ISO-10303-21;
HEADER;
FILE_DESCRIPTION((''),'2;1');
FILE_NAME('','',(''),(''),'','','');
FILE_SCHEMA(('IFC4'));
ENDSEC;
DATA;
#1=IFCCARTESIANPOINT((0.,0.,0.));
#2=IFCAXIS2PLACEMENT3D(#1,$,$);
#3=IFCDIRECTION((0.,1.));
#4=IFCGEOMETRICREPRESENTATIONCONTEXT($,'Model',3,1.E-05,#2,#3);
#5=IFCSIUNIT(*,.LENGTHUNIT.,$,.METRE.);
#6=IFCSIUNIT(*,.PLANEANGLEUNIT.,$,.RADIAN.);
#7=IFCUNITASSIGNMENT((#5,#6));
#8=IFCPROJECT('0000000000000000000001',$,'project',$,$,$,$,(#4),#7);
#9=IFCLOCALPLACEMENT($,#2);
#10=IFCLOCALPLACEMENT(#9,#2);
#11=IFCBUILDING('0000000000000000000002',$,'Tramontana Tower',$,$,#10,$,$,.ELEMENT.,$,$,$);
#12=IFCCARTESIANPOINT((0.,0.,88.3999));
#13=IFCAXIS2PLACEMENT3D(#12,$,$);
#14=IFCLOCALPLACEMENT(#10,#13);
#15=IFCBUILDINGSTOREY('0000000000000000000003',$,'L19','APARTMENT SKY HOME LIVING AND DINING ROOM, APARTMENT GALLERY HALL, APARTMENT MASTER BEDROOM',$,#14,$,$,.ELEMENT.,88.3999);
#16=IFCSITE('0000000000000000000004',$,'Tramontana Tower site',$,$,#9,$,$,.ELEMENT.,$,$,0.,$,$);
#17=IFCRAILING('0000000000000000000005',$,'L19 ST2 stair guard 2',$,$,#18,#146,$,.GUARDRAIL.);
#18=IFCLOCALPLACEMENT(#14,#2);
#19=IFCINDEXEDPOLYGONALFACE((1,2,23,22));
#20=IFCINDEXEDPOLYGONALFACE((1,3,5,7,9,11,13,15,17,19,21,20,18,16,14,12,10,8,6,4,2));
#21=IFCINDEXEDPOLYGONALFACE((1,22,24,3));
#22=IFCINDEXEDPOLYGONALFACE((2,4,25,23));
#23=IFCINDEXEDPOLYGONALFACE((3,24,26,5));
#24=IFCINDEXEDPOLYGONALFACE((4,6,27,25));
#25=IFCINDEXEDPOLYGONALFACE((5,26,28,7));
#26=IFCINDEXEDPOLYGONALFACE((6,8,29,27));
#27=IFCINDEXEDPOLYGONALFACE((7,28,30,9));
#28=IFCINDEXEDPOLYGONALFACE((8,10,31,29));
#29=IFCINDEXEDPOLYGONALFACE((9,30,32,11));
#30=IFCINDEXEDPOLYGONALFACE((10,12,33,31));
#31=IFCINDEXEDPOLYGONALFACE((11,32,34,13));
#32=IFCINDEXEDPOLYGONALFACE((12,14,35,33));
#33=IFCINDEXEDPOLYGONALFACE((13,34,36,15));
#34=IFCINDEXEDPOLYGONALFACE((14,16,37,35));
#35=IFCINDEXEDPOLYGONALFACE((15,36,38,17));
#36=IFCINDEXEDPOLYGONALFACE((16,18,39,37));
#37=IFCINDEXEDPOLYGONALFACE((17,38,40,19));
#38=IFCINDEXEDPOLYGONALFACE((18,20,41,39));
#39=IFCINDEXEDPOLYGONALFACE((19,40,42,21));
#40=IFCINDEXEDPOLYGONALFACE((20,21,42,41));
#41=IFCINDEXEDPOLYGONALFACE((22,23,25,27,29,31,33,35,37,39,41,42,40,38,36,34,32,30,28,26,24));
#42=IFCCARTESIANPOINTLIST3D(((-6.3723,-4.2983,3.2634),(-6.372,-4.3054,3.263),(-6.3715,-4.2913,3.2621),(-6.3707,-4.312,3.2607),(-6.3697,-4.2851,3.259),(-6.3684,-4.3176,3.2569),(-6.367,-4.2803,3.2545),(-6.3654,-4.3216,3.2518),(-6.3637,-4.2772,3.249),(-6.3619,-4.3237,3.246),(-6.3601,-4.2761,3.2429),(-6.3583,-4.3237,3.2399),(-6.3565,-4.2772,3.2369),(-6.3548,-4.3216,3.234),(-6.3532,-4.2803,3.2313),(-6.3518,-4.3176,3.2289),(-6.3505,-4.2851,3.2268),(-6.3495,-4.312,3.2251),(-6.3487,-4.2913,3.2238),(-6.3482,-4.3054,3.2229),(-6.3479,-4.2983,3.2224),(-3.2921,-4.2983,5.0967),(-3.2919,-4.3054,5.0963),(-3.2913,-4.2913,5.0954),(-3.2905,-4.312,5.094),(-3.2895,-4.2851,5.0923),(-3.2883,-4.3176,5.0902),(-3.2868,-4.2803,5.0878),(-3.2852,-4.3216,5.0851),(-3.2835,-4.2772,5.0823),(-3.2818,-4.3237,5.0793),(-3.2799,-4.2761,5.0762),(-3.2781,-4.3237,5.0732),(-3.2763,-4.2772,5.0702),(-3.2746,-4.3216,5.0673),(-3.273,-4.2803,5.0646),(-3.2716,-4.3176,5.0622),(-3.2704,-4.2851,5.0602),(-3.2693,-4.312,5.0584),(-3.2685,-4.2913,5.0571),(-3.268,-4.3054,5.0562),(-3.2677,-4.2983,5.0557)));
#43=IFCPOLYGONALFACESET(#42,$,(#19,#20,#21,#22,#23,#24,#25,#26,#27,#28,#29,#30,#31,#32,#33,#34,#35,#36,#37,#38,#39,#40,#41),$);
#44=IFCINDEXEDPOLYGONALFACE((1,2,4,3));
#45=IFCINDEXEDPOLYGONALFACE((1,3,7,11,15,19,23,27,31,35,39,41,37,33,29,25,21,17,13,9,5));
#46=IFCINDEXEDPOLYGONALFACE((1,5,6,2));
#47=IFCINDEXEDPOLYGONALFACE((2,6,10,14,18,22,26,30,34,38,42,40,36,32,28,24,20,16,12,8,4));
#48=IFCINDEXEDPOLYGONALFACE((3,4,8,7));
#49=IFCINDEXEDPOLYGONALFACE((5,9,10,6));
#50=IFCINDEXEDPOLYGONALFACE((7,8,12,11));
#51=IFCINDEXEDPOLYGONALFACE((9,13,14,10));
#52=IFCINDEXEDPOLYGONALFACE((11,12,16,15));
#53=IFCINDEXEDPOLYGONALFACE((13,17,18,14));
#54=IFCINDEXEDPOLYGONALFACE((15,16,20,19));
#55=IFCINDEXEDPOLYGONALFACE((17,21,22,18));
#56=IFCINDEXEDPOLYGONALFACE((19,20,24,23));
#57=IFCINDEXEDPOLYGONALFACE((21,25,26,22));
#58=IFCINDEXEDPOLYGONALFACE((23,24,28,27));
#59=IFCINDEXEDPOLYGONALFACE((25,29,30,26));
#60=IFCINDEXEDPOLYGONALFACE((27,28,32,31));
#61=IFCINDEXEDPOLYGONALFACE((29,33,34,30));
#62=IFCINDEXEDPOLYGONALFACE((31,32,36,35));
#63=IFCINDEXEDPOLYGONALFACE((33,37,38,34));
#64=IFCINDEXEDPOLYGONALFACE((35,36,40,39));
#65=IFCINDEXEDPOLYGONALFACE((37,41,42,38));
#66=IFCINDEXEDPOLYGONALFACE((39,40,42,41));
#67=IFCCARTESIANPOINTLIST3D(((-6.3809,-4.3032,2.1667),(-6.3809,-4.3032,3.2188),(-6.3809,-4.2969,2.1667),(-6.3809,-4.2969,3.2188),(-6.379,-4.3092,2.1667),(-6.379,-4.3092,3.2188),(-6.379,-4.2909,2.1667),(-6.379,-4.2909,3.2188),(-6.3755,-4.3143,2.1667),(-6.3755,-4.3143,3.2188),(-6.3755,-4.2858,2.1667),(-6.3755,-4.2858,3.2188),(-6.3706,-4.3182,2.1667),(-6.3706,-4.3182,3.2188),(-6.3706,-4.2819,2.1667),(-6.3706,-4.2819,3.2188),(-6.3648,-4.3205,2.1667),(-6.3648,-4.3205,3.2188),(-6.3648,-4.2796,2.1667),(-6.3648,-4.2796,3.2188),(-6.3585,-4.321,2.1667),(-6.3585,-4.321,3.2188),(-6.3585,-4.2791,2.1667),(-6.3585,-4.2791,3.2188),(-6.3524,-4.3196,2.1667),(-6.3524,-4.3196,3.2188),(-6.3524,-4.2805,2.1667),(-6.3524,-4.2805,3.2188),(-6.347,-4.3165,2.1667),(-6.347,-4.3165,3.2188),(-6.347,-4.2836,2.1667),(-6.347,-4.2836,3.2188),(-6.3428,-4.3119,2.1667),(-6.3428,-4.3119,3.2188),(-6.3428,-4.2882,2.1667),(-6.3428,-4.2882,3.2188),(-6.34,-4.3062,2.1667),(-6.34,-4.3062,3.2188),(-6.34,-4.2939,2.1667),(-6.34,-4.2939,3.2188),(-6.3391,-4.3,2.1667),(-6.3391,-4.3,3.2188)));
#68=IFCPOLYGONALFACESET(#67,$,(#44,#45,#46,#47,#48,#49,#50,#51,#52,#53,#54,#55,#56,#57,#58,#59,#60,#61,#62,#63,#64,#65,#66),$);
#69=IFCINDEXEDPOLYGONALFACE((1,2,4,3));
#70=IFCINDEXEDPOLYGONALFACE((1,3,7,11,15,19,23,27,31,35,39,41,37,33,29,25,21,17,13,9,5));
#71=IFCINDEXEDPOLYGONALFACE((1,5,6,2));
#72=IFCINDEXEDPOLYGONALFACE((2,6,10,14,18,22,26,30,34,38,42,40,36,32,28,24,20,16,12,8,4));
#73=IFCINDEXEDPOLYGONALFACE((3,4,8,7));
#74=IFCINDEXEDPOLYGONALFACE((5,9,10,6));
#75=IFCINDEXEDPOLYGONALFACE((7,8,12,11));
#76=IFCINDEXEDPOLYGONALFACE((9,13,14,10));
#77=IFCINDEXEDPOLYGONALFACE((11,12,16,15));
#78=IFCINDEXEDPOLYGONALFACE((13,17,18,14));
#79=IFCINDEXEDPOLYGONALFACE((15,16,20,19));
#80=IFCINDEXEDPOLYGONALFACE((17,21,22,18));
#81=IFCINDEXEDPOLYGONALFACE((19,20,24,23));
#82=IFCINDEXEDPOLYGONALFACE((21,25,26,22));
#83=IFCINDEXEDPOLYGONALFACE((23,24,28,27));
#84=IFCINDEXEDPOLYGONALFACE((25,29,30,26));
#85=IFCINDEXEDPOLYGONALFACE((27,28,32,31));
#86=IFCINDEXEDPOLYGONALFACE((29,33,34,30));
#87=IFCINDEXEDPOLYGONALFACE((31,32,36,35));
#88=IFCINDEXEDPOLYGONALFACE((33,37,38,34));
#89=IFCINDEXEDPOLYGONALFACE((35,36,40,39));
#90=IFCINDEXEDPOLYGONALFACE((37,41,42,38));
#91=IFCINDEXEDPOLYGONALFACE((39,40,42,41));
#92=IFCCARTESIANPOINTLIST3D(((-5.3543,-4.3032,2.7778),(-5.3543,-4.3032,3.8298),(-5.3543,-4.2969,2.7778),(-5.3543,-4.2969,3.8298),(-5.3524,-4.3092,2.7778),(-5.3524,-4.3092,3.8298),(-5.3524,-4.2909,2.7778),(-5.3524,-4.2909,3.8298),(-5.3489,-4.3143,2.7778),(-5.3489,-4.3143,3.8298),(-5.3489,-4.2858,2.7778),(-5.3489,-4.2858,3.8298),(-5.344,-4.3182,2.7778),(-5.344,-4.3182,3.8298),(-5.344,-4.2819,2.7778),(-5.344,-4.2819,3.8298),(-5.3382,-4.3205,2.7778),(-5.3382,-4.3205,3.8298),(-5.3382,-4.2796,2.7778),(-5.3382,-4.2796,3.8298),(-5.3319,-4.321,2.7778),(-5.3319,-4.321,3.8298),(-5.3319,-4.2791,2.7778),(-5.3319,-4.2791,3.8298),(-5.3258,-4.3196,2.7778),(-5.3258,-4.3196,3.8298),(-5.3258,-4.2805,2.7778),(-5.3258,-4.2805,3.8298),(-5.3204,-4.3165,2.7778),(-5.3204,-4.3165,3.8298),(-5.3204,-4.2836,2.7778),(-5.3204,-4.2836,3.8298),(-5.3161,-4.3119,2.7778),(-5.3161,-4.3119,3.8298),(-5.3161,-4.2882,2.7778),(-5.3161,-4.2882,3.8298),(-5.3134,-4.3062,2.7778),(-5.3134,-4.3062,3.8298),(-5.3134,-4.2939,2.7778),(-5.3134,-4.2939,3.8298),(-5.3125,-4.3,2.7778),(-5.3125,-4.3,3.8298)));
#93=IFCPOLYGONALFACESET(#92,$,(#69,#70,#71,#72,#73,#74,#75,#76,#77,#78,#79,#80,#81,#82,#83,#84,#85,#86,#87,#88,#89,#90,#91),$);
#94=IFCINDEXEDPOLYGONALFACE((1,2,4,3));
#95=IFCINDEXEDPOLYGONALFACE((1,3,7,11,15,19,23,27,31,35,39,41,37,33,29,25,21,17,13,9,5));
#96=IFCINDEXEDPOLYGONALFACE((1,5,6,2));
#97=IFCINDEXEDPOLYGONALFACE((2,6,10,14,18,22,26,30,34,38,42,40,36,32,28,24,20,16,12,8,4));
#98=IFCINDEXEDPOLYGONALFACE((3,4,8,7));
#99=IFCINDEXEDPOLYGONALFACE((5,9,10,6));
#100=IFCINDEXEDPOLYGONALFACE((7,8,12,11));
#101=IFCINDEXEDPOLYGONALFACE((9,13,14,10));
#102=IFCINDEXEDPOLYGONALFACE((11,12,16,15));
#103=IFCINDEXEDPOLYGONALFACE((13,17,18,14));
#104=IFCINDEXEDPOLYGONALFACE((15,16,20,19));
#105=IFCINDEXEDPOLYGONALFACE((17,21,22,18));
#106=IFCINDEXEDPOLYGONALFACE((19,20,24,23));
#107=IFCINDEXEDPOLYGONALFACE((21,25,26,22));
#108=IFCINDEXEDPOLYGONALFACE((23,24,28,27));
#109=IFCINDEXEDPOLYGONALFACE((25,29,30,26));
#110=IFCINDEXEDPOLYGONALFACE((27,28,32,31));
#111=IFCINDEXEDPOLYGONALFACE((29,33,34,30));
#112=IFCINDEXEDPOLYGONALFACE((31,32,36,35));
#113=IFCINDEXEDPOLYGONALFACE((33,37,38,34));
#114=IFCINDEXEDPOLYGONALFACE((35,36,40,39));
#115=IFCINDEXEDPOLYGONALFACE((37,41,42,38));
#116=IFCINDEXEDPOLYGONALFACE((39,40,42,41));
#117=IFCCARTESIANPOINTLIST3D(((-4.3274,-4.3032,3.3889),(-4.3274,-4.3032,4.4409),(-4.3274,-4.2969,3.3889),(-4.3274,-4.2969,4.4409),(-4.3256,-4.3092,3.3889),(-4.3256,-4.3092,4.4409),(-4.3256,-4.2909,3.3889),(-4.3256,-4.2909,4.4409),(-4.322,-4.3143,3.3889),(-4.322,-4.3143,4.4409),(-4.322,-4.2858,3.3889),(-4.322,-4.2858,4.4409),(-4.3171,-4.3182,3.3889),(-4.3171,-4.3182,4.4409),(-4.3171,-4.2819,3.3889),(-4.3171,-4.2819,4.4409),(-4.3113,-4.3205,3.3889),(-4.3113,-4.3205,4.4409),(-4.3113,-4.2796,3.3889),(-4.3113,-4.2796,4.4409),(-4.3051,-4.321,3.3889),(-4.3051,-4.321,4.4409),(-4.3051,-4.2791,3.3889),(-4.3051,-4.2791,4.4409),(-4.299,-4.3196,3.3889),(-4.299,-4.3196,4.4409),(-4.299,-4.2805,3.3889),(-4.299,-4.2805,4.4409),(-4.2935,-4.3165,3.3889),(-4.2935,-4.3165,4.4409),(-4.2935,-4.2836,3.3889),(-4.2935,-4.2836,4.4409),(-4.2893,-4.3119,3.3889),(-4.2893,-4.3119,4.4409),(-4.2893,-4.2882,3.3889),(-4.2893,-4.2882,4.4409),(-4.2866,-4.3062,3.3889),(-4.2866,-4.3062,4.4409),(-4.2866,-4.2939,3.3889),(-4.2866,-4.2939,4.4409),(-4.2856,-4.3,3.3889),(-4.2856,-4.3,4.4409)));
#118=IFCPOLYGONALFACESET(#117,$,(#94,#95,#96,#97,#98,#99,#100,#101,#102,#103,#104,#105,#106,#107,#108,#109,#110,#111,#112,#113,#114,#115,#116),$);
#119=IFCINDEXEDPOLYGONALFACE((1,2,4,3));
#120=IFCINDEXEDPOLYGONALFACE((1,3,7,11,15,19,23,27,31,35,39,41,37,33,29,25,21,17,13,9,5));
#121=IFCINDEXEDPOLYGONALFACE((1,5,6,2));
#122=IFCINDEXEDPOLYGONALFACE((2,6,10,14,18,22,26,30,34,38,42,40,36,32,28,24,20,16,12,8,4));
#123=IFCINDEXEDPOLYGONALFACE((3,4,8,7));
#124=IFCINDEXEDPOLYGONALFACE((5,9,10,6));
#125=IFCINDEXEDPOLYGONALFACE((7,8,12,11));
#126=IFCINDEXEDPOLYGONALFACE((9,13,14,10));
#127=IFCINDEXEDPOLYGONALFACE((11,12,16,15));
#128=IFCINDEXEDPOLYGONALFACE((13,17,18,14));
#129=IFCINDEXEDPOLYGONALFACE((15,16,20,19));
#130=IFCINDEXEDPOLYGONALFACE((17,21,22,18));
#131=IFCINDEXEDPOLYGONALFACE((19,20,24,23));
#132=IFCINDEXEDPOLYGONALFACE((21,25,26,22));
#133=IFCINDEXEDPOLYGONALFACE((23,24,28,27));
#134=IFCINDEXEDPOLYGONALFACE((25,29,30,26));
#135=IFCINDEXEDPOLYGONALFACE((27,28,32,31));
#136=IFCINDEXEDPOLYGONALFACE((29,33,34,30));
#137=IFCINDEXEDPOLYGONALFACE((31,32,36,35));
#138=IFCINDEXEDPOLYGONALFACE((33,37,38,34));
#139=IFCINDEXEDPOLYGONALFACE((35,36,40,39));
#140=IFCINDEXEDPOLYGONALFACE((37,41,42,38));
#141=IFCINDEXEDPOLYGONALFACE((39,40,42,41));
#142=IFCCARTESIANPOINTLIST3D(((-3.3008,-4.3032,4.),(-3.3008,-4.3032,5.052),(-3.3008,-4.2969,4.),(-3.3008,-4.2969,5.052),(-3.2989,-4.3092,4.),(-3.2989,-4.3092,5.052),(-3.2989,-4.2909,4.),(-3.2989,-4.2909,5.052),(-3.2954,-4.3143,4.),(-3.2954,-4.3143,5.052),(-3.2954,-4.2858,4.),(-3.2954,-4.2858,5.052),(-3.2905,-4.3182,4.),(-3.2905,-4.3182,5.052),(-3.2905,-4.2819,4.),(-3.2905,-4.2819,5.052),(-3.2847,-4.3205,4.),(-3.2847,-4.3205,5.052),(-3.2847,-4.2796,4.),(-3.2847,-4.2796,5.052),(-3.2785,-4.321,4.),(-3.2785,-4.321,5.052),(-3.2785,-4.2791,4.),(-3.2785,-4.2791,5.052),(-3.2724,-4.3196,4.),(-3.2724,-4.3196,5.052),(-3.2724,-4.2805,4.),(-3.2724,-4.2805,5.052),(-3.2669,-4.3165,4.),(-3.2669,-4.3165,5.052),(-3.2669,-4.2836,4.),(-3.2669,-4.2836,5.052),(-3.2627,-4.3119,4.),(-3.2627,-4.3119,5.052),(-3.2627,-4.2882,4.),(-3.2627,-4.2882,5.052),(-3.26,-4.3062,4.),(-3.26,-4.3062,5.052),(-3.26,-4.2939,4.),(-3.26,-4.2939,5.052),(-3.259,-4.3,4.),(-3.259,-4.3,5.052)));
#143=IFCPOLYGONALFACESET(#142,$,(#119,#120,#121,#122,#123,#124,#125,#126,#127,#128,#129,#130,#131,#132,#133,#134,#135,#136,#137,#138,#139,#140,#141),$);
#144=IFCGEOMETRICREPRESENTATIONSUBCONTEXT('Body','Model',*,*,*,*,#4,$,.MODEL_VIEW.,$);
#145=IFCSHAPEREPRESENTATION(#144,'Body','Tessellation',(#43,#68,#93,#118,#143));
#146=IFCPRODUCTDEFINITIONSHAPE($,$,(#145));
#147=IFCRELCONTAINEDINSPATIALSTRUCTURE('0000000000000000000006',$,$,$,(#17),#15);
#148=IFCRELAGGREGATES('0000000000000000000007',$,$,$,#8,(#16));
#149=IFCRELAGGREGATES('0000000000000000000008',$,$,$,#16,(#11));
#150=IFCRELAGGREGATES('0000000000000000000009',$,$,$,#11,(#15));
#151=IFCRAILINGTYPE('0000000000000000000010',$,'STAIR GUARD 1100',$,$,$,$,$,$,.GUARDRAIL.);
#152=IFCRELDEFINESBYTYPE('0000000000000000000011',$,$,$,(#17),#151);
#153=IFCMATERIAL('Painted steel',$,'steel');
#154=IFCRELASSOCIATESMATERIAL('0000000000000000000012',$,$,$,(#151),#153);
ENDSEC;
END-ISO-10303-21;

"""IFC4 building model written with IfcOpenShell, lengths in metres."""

from ifc_helpers import new_model, si_unit, direction, frame, origin, origin_2d, place, context, subcontext, project, spatial, circle, extrude, material, type_object, element, save


model = new_model("IFC4")

# Units and contexts
model_context = context("Model", 3, precision=1e-05, world=origin(), true_north=direction((0.0, 1.0)))
body_context = subcontext(model_context, "Body", "Model", "MODEL_VIEW")
ifc_project = project(units=[si_unit("LENGTHUNIT", "METRE"), si_unit("PLANEANGLEUNIT", "RADIAN")], contexts=[model_context])

# Site, building, storey
site_placement = place(None, origin())
site = spatial("IfcSite", under=ifc_project, at=site_placement, Name="Tramontana Tower site", CompositionType="ELEMENT", RefElevation=0.0)
building_placement = place(site_placement, origin())
building = spatial("IfcBuilding", under=site, at=building_placement, Name="Tramontana Tower", CompositionType="ELEMENT")
storey_placement = place(building_placement, frame((0.0, 0.0, 88.3999)))
storey = spatial("IfcBuildingStorey", under=building, at=storey_placement, Name="L19", Description="APARTMENT SKY HOME LIVING AND DINING ROOM, APARTMENT GALLERY HALL, APARTMENT MASTER BEDROOM", CompositionType="ELEMENT", Elevation=88.3999)

# Railing
ifc_material_1 = material(Name="Painted steel", Category="steel")
railing_type_1 = type_object("IfcRailingType", Name="STAIR GUARD 1100", PredefinedType="GUARDRAIL", material=ifc_material_1)
railing_1_placement = place(storey_placement, frame((-6.3601, -4.3, 2.1667)))
element("IfcRailing", 1, at=railing_1_placement, inside=storey, type_object=railing_type_1, Name="L19 ST2 stair guard 2", PredefinedType="GUARDRAIL", context=body_context, shape_type="SweptSolid", body=[
    extrude(circle(Radius=0.0239, at=origin_2d()), frame((0.0, 0.0, 1.0762), z_axis=(0.859309, 0.0, 0.511458), x_axis=(0.0, 1.0, 0.0)), (0.0, 0.0, 1.0), 3.5845),
    extrude(circle(Radius=0.021, at=origin_2d()), origin(), (0.0, 0.0, 1.0), 1.052),
    extrude(circle(Radius=0.021, at=origin_2d()), frame((1.0266, 0.0, 0.6111)), (0.0, 0.0, 1.0), 1.052),
    extrude(circle(Radius=0.021, at=origin_2d()), frame((2.0535, 0.0, 1.2222)), (0.0, 0.0, 1.0), 1.052),
    extrude(circle(Radius=0.021, at=origin_2d()), frame((3.0801, 0.0, 1.8333)), (0.0, 0.0, 1.0), 1.052),
])

save(model, "model.ifc")
